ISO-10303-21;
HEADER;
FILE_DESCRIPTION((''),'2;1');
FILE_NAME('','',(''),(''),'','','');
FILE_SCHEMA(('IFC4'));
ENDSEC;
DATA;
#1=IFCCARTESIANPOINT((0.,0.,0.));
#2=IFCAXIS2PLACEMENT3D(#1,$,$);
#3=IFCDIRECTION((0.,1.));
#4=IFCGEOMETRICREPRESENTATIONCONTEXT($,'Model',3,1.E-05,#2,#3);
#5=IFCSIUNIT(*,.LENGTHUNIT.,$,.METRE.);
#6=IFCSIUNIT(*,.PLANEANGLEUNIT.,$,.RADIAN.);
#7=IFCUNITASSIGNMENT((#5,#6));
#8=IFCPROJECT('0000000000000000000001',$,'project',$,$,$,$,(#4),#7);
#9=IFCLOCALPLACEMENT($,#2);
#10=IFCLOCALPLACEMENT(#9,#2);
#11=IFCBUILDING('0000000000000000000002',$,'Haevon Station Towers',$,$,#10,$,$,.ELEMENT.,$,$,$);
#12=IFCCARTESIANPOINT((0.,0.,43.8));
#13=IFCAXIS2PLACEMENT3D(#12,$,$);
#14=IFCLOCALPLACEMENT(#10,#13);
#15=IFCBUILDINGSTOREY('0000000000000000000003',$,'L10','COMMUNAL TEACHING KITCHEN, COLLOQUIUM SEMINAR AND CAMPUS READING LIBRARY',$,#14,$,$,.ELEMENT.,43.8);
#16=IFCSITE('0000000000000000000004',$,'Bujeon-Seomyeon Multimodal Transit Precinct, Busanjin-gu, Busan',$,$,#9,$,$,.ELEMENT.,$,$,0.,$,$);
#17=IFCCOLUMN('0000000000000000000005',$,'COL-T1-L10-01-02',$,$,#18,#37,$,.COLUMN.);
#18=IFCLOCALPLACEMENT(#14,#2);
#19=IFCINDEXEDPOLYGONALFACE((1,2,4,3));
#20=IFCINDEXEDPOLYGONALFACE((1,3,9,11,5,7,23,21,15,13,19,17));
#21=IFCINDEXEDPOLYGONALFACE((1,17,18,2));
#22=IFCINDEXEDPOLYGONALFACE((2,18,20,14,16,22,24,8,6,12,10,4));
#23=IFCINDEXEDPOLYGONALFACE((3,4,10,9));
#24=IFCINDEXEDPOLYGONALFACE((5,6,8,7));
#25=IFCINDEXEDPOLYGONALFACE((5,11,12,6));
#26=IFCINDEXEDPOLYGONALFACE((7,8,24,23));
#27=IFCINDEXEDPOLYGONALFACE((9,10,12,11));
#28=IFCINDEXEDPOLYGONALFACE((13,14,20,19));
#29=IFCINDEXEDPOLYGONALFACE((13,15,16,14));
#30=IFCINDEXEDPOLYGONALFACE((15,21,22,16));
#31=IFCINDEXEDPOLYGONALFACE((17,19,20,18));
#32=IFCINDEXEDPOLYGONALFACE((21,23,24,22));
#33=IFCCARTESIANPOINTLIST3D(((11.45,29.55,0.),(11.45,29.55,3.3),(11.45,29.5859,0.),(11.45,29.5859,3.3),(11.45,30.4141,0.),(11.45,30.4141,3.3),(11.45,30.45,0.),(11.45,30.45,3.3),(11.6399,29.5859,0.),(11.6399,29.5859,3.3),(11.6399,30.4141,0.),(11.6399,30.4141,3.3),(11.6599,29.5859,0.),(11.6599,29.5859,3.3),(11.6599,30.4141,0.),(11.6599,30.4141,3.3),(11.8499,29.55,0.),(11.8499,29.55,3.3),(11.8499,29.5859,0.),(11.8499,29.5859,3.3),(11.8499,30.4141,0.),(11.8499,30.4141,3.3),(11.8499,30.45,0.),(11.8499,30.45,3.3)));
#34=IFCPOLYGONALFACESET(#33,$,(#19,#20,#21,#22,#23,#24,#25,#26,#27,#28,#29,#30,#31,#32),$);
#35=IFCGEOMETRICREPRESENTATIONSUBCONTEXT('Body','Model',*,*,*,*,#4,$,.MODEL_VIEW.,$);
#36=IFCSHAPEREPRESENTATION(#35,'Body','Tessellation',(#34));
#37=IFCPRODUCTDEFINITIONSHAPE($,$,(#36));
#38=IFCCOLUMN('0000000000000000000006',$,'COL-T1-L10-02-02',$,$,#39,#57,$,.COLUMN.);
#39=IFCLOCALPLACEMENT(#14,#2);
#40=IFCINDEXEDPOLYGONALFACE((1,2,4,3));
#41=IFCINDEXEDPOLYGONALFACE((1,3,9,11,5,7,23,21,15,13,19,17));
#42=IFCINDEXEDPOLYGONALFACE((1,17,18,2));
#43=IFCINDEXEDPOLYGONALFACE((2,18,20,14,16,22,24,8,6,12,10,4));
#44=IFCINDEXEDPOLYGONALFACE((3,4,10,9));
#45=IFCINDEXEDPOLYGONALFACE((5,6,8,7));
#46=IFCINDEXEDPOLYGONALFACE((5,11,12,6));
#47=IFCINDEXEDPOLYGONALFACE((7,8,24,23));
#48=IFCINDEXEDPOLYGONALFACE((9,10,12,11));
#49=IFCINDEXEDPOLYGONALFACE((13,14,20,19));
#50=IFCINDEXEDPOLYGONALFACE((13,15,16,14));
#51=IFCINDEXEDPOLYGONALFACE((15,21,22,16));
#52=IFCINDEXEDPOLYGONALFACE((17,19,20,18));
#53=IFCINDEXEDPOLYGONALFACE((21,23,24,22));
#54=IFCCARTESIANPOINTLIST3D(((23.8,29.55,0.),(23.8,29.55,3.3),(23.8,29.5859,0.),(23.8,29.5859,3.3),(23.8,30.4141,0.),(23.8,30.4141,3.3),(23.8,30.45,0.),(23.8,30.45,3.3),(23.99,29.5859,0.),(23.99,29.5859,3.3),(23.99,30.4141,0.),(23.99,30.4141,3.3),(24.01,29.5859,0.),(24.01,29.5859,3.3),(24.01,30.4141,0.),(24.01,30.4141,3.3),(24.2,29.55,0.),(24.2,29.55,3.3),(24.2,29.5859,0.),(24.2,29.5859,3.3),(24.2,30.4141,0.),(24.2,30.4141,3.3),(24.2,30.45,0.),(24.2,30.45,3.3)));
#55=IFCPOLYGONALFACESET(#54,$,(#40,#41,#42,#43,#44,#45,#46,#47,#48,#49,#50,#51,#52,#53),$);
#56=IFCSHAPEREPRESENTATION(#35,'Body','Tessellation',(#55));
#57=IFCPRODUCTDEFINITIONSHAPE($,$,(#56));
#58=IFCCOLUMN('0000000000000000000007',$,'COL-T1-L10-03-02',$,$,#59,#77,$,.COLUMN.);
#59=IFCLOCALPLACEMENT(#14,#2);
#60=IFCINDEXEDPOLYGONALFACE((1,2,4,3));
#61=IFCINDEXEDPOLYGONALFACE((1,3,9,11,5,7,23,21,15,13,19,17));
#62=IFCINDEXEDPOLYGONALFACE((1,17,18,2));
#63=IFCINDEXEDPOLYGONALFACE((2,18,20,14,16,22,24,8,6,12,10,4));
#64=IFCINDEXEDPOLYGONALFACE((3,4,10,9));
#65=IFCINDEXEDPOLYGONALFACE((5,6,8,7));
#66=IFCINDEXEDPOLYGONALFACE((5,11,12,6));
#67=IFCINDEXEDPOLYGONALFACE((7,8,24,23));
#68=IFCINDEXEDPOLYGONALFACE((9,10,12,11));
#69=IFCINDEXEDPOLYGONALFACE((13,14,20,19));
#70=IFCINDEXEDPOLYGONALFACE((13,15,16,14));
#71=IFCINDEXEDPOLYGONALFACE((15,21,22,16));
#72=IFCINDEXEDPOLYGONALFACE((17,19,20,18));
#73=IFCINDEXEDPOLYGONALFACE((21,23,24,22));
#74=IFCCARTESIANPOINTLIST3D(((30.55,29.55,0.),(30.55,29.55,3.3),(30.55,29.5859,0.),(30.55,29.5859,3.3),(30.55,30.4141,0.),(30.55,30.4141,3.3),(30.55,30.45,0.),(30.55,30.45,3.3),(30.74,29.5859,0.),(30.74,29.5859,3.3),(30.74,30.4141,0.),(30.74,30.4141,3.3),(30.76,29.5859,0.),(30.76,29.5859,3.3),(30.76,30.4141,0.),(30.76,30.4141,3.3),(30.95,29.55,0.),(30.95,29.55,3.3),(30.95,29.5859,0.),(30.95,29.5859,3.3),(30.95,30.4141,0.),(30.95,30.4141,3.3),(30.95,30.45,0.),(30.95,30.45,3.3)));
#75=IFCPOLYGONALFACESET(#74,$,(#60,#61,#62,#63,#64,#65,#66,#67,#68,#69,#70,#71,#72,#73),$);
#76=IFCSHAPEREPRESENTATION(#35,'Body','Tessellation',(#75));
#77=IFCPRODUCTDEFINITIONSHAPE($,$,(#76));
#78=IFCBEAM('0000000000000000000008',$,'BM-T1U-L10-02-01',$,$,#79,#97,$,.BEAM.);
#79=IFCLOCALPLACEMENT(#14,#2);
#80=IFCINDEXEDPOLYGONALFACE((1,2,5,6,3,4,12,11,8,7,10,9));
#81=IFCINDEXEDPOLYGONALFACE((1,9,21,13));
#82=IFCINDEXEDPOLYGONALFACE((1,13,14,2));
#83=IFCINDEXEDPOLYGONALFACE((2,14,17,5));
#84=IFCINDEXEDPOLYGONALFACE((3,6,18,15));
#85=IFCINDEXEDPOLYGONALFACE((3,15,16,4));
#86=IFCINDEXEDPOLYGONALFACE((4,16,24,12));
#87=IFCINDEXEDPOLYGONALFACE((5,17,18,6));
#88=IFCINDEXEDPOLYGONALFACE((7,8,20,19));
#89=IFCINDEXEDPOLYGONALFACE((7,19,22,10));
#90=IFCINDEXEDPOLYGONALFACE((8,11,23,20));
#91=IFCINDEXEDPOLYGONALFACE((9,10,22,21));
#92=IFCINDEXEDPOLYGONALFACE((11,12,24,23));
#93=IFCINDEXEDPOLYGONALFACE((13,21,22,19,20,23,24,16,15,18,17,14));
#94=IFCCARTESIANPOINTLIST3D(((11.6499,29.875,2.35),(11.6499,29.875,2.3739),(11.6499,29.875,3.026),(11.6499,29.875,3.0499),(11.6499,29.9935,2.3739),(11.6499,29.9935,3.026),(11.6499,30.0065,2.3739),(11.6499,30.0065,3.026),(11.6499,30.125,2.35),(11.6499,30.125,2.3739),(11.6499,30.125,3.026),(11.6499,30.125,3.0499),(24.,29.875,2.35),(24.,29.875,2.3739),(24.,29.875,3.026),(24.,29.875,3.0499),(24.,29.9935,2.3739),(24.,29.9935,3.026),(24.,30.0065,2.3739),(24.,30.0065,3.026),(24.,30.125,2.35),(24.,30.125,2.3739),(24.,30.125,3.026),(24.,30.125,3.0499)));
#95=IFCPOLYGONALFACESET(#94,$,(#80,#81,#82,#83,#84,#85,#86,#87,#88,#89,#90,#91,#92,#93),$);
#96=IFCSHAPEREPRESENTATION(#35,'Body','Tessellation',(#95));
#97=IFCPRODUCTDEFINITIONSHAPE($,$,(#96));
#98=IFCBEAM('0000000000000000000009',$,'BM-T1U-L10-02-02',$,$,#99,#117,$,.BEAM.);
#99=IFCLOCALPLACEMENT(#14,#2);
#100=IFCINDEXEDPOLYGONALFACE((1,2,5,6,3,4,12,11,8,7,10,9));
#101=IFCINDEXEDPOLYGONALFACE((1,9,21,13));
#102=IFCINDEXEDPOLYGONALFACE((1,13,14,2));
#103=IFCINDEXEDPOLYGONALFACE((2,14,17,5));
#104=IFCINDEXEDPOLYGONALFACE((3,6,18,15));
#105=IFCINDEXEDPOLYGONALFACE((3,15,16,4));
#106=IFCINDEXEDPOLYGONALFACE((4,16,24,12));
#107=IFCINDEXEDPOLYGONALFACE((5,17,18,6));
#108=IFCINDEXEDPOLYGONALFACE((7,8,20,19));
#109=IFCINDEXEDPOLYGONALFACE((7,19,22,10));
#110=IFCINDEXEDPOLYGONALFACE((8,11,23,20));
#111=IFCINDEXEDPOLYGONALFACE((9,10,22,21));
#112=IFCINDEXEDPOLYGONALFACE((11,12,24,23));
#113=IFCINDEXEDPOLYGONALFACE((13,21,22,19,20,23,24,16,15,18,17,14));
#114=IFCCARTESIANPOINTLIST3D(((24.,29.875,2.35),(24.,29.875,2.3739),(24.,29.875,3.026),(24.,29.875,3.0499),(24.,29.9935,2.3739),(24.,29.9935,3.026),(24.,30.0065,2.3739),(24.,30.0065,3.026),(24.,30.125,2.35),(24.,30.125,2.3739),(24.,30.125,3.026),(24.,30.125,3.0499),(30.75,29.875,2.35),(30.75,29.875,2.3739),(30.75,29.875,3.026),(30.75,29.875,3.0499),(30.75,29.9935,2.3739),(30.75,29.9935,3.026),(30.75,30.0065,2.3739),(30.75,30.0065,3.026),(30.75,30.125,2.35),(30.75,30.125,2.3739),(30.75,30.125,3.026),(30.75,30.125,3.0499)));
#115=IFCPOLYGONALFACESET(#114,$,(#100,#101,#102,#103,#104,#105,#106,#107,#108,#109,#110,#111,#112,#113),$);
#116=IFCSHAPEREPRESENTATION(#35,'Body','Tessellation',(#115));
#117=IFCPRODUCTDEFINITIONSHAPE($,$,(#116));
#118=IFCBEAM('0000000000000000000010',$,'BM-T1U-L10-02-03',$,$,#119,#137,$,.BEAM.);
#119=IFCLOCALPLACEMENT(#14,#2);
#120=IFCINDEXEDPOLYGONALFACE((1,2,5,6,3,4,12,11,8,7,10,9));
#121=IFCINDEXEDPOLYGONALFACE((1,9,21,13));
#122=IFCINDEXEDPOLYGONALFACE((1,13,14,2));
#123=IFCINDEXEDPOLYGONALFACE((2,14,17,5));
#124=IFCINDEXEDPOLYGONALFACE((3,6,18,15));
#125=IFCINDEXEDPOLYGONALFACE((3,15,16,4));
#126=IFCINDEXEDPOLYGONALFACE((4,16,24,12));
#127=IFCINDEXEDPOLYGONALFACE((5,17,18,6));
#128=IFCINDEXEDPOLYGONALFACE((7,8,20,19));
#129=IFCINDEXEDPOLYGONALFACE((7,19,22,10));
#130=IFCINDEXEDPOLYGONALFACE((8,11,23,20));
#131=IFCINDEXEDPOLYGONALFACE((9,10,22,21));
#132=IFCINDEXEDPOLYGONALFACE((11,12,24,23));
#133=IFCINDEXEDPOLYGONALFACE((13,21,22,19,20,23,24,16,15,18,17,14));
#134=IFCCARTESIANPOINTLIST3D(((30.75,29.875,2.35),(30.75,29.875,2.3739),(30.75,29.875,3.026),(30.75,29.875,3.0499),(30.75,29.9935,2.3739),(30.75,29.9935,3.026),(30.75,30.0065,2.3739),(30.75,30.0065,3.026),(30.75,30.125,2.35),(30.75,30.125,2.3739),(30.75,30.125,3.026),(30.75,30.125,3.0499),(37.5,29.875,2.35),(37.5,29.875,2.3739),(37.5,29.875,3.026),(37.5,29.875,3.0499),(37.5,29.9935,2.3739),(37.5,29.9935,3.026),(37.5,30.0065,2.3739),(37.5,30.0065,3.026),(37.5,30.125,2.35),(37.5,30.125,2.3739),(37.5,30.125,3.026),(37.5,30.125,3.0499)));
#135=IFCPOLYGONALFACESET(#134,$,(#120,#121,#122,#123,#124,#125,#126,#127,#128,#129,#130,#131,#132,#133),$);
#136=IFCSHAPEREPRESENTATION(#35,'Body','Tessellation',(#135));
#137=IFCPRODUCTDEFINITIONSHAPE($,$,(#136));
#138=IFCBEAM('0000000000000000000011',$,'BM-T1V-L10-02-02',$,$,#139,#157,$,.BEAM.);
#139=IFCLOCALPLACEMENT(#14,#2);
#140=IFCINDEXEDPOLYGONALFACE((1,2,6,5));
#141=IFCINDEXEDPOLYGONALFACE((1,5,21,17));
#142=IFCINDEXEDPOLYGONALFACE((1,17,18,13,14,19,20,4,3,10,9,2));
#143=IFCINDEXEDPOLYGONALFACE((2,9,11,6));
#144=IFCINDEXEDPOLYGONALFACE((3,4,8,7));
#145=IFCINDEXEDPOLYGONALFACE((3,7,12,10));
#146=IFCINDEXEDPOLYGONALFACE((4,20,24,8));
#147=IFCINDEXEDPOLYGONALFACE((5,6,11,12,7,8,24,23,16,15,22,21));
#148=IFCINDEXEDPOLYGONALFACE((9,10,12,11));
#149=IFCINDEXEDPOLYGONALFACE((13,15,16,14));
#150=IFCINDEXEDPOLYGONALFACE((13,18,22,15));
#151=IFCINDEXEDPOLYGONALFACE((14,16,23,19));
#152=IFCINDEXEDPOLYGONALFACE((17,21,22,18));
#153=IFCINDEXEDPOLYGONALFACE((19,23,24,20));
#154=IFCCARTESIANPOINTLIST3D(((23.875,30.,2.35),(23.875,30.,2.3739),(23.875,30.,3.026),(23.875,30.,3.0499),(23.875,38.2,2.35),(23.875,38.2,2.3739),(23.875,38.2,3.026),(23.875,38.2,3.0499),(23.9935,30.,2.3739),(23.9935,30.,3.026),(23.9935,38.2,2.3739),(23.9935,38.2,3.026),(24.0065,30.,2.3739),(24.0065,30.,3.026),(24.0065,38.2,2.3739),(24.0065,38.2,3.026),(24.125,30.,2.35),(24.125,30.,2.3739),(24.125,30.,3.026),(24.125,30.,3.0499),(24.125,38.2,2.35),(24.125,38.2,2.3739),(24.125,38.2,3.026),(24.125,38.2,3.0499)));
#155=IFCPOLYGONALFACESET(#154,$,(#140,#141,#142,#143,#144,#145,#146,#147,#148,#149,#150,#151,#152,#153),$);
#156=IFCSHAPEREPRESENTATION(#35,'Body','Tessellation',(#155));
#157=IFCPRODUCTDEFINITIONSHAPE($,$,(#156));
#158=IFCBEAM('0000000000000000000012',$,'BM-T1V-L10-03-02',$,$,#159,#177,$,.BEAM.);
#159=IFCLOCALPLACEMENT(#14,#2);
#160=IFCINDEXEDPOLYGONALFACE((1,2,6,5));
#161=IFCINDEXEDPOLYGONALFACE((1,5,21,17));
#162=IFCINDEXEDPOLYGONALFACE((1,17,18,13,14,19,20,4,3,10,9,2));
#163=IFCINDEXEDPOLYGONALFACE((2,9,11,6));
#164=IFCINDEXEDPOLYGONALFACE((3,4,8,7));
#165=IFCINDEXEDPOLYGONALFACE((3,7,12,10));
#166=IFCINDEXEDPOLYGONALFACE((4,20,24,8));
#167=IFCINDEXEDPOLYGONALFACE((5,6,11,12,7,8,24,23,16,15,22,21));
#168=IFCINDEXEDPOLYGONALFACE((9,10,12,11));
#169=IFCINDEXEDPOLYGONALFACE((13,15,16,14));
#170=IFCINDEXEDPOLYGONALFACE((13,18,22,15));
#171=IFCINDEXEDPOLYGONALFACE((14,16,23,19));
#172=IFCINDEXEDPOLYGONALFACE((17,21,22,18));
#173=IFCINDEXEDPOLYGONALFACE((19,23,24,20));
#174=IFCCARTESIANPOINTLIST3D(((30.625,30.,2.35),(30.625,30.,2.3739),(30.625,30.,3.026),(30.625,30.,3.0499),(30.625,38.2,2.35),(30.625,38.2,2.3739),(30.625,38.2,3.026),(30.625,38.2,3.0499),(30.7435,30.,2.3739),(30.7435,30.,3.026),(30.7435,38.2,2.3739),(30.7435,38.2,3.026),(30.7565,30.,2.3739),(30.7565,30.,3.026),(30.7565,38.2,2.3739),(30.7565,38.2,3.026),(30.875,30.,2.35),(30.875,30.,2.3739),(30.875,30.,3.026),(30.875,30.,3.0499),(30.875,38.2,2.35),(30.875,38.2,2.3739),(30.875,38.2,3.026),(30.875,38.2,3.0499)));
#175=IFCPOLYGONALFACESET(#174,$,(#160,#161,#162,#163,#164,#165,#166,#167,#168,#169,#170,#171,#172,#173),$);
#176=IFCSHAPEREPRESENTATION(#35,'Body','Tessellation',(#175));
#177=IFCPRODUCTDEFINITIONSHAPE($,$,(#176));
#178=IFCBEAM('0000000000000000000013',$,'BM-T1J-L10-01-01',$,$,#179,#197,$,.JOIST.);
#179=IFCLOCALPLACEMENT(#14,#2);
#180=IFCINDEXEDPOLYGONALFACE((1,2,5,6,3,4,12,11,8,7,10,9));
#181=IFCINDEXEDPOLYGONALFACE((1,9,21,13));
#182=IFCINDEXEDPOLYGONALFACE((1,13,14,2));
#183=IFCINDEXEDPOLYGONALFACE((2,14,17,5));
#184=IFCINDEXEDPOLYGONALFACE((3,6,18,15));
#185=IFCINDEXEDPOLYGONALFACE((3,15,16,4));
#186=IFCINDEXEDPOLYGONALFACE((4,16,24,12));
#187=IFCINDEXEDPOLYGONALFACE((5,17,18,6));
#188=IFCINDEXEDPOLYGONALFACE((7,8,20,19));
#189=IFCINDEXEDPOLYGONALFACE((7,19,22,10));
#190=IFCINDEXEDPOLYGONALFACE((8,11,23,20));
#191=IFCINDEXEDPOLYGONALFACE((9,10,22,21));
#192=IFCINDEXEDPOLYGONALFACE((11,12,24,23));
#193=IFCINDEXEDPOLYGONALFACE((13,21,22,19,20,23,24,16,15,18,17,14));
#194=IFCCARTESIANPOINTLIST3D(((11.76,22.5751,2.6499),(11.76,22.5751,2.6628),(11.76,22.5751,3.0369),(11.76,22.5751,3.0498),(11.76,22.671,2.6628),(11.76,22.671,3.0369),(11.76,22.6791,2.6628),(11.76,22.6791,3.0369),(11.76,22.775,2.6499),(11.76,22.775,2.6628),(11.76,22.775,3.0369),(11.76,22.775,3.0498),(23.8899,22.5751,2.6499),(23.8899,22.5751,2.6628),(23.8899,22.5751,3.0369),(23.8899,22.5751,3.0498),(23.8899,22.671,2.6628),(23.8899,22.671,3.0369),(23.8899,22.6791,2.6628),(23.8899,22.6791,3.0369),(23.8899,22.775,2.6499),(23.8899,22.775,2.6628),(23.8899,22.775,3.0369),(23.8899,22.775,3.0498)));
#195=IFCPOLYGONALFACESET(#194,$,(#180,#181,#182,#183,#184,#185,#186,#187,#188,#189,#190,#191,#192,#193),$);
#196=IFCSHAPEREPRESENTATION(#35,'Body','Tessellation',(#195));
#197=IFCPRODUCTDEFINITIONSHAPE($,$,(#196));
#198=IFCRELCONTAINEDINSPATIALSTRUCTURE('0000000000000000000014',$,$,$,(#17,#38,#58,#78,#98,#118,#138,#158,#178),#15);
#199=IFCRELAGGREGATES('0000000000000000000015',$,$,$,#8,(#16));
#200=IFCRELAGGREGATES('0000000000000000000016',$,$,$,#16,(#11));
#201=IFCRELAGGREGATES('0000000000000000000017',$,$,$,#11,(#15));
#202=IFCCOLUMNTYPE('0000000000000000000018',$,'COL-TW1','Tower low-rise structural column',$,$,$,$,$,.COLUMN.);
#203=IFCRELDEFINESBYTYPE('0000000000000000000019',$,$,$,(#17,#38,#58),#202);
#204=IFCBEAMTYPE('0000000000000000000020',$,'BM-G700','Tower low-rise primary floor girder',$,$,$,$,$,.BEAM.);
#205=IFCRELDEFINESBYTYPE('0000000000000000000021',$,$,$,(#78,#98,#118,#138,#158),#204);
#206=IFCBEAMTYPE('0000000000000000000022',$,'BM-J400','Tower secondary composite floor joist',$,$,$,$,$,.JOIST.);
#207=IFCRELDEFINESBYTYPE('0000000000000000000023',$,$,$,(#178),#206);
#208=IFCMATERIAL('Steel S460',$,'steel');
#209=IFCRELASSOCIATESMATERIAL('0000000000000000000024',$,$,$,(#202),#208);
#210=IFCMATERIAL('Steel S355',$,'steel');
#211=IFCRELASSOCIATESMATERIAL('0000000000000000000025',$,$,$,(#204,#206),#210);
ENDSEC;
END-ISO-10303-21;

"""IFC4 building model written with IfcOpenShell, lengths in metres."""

from ifc_helpers import new_model, si_unit, direction, frame, origin, origin_2d, place, context, subcontext, project, spatial, i_section, extrude, material, material_profile, profile_set, type_object, element, save


model = new_model("IFC4")

# Units and contexts
model_context = context("Model", 3, precision=1e-05, world=origin(), true_north=direction((0.0, 1.0)))
body_context = subcontext(model_context, "Body", "Model", "MODEL_VIEW")
ifc_project = project(units=[si_unit("LENGTHUNIT", "METRE"), si_unit("PLANEANGLEUNIT", "RADIAN")], contexts=[model_context])

# Site, building, storey
site_placement = place(None, origin())
site = spatial("IfcSite", under=ifc_project, at=site_placement, Name="Bujeon-Seomyeon Multimodal Transit Precinct, Busanjin-gu, Busan", CompositionType="ELEMENT", RefElevation=0.0)
building_placement = place(site_placement, origin())
building = spatial("IfcBuilding", under=site, at=building_placement, Name="Haevon Station Towers", CompositionType="ELEMENT")
storey_placement = place(building_placement, frame((0.0, 0.0, 43.8)))
storey = spatial("IfcBuildingStorey", under=building, at=storey_placement, Name="L10", Description="COMMUNAL TEACHING KITCHEN, COLLOQUIUM SEMINAR AND CAMPUS READING LIBRARY", CompositionType="ELEMENT", Elevation=43.8)

# Columns
ifc_material_1 = material(Name="Steel S460", Category="steel")
ifc_material_profile_1 = material_profile(ifc_material_1, i_section(OverallWidth=0.3999, OverallDepth=0.8999, WebThickness=0.02, FlangeThickness=0.0359, at=origin_2d()), Name="H-900x400x20x36")
ifc_profile_set_1 = profile_set([ifc_material_profile_1], Name="Steel S460")
column_type = type_object("IfcColumnType", Name="COL-TW1", Description="Tower low-rise structural column", PredefinedType="COLUMN", material=ifc_profile_set_1)
for number, where, z_axis, x_axis, name in (
    (1, (11.6499, 30.0, 0.0), (0.0, 0.0, 1.0), (1.0, 0.0, 0.0), "COL-T1-L10-01-02"),
    (2, (24.0, 30.0, 0.0), (0.0, 0.0, 1.0), (1.0, 0.0, 0.0), "COL-T1-L10-02-02"),
    (3, (30.75, 30.0, 0.0), (0.0, 0.0, 1.0), (1.0, 0.0, 0.0), "COL-T1-L10-03-02"),
):
    element("IfcColumn", number, at=place(storey_placement, frame(where, z_axis=z_axis, x_axis=x_axis)), inside=storey, type_object=column_type, Name=name, PredefinedType="COLUMN", context=body_context, shape_type="SweptSolid", body=[
        extrude(i_section(OverallWidth=0.3999, OverallDepth=0.8999, WebThickness=0.02, FlangeThickness=0.0359, at=origin_2d()), origin(), (0.0, 0.0, 1.0), 3.3),
    ])

# Beams
ifc_material_2 = material(Name="Steel S355", Category="steel")
ifc_material_profile_2 = material_profile(ifc_material_2, i_section(OverallWidth=0.25, OverallDepth=0.7, WebThickness=0.0129, FlangeThickness=0.0239, at=origin_2d()), Name="H-700x250x13x24")
ifc_profile_set_2 = profile_set([ifc_material_profile_2], Name="Steel S355")
beam_type_1 = type_object("IfcBeamType", Name="BM-G700", Description="Tower low-rise primary floor girder", PredefinedType="BEAM", material=ifc_profile_set_2)
beam_1_placement = place(storey_placement, frame((11.6499, 30.0, 2.7), z_axis=(1.0, 0.0, 0.0), x_axis=(0.0, 1.0, 0.0)))
element("IfcBeam", 4, at=beam_1_placement, inside=storey, type_object=beam_type_1, Name="BM-T1U-L10-02-01", PredefinedType="BEAM", context=body_context, shape_type="SweptSolid", body=[
    extrude(i_section(OverallWidth=0.25, OverallDepth=0.7, WebThickness=0.0129, FlangeThickness=0.0239, at=origin_2d()), origin(), (0.0, 0.0, 1.0), 12.3501),
])
for number, where, z_axis, x_axis, name in (
    (5, (24.0, 30.0, 2.7), (1.0, 0.0, 0.0), (0.0, 1.0, 0.0), "BM-T1U-L10-02-02"),
    (6, (30.75, 30.0, 2.7), (1.0, 0.0, 0.0), (0.0, 1.0, 0.0), "BM-T1U-L10-02-03"),
):
    element("IfcBeam", number, at=place(storey_placement, frame(where, z_axis=z_axis, x_axis=x_axis)), inside=storey, type_object=beam_type_1, Name=name, PredefinedType="BEAM", context=body_context, shape_type="SweptSolid", body=[
        extrude(i_section(OverallWidth=0.25, OverallDepth=0.7, WebThickness=0.0129, FlangeThickness=0.0239, at=origin_2d()), origin(), (0.0, 0.0, 1.0), 6.75),
    ])
for number, where, z_axis, x_axis, name in (
    (7, (24.0, 30.0, 2.7), (0.0, 1.0, 0.0), (-1.0, 0.0, 0.0), "BM-T1V-L10-02-02"),
    (8, (30.75, 30.0, 2.7), (0.0, 1.0, 0.0), (-1.0, 0.0, 0.0), "BM-T1V-L10-03-02"),
):
    element("IfcBeam", number, at=place(storey_placement, frame(where, z_axis=z_axis, x_axis=x_axis)), inside=storey, type_object=beam_type_1, Name=name, PredefinedType="BEAM", context=body_context, shape_type="SweptSolid", body=[
        extrude(i_section(OverallWidth=0.25, OverallDepth=0.7, WebThickness=0.0129, FlangeThickness=0.0239, at=origin_2d()), origin(), (0.0, 0.0, 1.0), 8.2),
    ])
ifc_material_profile_3 = material_profile(ifc_material_2, i_section(OverallWidth=0.2, OverallDepth=0.3999, WebThickness=0.0081, FlangeThickness=0.0129, at=origin_2d()), Name="H-400x200x8x13")
ifc_profile_set_3 = profile_set([ifc_material_profile_3], Name="Steel S355")
beam_type_2 = type_object("IfcBeamType", Name="BM-J400", Description="Tower secondary composite floor joist", PredefinedType="JOIST", material=ifc_profile_set_3)
beam_2_placement = place(storey_placement, frame((11.76, 22.675, 2.8499), z_axis=(1.0, 0.0, 0.0), x_axis=(0.0, 1.0, 0.0)))
element("IfcBeam", 9, at=beam_2_placement, inside=storey, type_object=beam_type_2, Name="BM-T1J-L10-01-01", PredefinedType="JOIST", context=body_context, shape_type="SweptSolid", body=[
    extrude(i_section(OverallWidth=0.2, OverallDepth=0.3999, WebThickness=0.0081, FlangeThickness=0.0129, at=origin_2d()), origin(), (0.0, 0.0, 1.0), 12.1299),
])

save(model, "model.ifc")
